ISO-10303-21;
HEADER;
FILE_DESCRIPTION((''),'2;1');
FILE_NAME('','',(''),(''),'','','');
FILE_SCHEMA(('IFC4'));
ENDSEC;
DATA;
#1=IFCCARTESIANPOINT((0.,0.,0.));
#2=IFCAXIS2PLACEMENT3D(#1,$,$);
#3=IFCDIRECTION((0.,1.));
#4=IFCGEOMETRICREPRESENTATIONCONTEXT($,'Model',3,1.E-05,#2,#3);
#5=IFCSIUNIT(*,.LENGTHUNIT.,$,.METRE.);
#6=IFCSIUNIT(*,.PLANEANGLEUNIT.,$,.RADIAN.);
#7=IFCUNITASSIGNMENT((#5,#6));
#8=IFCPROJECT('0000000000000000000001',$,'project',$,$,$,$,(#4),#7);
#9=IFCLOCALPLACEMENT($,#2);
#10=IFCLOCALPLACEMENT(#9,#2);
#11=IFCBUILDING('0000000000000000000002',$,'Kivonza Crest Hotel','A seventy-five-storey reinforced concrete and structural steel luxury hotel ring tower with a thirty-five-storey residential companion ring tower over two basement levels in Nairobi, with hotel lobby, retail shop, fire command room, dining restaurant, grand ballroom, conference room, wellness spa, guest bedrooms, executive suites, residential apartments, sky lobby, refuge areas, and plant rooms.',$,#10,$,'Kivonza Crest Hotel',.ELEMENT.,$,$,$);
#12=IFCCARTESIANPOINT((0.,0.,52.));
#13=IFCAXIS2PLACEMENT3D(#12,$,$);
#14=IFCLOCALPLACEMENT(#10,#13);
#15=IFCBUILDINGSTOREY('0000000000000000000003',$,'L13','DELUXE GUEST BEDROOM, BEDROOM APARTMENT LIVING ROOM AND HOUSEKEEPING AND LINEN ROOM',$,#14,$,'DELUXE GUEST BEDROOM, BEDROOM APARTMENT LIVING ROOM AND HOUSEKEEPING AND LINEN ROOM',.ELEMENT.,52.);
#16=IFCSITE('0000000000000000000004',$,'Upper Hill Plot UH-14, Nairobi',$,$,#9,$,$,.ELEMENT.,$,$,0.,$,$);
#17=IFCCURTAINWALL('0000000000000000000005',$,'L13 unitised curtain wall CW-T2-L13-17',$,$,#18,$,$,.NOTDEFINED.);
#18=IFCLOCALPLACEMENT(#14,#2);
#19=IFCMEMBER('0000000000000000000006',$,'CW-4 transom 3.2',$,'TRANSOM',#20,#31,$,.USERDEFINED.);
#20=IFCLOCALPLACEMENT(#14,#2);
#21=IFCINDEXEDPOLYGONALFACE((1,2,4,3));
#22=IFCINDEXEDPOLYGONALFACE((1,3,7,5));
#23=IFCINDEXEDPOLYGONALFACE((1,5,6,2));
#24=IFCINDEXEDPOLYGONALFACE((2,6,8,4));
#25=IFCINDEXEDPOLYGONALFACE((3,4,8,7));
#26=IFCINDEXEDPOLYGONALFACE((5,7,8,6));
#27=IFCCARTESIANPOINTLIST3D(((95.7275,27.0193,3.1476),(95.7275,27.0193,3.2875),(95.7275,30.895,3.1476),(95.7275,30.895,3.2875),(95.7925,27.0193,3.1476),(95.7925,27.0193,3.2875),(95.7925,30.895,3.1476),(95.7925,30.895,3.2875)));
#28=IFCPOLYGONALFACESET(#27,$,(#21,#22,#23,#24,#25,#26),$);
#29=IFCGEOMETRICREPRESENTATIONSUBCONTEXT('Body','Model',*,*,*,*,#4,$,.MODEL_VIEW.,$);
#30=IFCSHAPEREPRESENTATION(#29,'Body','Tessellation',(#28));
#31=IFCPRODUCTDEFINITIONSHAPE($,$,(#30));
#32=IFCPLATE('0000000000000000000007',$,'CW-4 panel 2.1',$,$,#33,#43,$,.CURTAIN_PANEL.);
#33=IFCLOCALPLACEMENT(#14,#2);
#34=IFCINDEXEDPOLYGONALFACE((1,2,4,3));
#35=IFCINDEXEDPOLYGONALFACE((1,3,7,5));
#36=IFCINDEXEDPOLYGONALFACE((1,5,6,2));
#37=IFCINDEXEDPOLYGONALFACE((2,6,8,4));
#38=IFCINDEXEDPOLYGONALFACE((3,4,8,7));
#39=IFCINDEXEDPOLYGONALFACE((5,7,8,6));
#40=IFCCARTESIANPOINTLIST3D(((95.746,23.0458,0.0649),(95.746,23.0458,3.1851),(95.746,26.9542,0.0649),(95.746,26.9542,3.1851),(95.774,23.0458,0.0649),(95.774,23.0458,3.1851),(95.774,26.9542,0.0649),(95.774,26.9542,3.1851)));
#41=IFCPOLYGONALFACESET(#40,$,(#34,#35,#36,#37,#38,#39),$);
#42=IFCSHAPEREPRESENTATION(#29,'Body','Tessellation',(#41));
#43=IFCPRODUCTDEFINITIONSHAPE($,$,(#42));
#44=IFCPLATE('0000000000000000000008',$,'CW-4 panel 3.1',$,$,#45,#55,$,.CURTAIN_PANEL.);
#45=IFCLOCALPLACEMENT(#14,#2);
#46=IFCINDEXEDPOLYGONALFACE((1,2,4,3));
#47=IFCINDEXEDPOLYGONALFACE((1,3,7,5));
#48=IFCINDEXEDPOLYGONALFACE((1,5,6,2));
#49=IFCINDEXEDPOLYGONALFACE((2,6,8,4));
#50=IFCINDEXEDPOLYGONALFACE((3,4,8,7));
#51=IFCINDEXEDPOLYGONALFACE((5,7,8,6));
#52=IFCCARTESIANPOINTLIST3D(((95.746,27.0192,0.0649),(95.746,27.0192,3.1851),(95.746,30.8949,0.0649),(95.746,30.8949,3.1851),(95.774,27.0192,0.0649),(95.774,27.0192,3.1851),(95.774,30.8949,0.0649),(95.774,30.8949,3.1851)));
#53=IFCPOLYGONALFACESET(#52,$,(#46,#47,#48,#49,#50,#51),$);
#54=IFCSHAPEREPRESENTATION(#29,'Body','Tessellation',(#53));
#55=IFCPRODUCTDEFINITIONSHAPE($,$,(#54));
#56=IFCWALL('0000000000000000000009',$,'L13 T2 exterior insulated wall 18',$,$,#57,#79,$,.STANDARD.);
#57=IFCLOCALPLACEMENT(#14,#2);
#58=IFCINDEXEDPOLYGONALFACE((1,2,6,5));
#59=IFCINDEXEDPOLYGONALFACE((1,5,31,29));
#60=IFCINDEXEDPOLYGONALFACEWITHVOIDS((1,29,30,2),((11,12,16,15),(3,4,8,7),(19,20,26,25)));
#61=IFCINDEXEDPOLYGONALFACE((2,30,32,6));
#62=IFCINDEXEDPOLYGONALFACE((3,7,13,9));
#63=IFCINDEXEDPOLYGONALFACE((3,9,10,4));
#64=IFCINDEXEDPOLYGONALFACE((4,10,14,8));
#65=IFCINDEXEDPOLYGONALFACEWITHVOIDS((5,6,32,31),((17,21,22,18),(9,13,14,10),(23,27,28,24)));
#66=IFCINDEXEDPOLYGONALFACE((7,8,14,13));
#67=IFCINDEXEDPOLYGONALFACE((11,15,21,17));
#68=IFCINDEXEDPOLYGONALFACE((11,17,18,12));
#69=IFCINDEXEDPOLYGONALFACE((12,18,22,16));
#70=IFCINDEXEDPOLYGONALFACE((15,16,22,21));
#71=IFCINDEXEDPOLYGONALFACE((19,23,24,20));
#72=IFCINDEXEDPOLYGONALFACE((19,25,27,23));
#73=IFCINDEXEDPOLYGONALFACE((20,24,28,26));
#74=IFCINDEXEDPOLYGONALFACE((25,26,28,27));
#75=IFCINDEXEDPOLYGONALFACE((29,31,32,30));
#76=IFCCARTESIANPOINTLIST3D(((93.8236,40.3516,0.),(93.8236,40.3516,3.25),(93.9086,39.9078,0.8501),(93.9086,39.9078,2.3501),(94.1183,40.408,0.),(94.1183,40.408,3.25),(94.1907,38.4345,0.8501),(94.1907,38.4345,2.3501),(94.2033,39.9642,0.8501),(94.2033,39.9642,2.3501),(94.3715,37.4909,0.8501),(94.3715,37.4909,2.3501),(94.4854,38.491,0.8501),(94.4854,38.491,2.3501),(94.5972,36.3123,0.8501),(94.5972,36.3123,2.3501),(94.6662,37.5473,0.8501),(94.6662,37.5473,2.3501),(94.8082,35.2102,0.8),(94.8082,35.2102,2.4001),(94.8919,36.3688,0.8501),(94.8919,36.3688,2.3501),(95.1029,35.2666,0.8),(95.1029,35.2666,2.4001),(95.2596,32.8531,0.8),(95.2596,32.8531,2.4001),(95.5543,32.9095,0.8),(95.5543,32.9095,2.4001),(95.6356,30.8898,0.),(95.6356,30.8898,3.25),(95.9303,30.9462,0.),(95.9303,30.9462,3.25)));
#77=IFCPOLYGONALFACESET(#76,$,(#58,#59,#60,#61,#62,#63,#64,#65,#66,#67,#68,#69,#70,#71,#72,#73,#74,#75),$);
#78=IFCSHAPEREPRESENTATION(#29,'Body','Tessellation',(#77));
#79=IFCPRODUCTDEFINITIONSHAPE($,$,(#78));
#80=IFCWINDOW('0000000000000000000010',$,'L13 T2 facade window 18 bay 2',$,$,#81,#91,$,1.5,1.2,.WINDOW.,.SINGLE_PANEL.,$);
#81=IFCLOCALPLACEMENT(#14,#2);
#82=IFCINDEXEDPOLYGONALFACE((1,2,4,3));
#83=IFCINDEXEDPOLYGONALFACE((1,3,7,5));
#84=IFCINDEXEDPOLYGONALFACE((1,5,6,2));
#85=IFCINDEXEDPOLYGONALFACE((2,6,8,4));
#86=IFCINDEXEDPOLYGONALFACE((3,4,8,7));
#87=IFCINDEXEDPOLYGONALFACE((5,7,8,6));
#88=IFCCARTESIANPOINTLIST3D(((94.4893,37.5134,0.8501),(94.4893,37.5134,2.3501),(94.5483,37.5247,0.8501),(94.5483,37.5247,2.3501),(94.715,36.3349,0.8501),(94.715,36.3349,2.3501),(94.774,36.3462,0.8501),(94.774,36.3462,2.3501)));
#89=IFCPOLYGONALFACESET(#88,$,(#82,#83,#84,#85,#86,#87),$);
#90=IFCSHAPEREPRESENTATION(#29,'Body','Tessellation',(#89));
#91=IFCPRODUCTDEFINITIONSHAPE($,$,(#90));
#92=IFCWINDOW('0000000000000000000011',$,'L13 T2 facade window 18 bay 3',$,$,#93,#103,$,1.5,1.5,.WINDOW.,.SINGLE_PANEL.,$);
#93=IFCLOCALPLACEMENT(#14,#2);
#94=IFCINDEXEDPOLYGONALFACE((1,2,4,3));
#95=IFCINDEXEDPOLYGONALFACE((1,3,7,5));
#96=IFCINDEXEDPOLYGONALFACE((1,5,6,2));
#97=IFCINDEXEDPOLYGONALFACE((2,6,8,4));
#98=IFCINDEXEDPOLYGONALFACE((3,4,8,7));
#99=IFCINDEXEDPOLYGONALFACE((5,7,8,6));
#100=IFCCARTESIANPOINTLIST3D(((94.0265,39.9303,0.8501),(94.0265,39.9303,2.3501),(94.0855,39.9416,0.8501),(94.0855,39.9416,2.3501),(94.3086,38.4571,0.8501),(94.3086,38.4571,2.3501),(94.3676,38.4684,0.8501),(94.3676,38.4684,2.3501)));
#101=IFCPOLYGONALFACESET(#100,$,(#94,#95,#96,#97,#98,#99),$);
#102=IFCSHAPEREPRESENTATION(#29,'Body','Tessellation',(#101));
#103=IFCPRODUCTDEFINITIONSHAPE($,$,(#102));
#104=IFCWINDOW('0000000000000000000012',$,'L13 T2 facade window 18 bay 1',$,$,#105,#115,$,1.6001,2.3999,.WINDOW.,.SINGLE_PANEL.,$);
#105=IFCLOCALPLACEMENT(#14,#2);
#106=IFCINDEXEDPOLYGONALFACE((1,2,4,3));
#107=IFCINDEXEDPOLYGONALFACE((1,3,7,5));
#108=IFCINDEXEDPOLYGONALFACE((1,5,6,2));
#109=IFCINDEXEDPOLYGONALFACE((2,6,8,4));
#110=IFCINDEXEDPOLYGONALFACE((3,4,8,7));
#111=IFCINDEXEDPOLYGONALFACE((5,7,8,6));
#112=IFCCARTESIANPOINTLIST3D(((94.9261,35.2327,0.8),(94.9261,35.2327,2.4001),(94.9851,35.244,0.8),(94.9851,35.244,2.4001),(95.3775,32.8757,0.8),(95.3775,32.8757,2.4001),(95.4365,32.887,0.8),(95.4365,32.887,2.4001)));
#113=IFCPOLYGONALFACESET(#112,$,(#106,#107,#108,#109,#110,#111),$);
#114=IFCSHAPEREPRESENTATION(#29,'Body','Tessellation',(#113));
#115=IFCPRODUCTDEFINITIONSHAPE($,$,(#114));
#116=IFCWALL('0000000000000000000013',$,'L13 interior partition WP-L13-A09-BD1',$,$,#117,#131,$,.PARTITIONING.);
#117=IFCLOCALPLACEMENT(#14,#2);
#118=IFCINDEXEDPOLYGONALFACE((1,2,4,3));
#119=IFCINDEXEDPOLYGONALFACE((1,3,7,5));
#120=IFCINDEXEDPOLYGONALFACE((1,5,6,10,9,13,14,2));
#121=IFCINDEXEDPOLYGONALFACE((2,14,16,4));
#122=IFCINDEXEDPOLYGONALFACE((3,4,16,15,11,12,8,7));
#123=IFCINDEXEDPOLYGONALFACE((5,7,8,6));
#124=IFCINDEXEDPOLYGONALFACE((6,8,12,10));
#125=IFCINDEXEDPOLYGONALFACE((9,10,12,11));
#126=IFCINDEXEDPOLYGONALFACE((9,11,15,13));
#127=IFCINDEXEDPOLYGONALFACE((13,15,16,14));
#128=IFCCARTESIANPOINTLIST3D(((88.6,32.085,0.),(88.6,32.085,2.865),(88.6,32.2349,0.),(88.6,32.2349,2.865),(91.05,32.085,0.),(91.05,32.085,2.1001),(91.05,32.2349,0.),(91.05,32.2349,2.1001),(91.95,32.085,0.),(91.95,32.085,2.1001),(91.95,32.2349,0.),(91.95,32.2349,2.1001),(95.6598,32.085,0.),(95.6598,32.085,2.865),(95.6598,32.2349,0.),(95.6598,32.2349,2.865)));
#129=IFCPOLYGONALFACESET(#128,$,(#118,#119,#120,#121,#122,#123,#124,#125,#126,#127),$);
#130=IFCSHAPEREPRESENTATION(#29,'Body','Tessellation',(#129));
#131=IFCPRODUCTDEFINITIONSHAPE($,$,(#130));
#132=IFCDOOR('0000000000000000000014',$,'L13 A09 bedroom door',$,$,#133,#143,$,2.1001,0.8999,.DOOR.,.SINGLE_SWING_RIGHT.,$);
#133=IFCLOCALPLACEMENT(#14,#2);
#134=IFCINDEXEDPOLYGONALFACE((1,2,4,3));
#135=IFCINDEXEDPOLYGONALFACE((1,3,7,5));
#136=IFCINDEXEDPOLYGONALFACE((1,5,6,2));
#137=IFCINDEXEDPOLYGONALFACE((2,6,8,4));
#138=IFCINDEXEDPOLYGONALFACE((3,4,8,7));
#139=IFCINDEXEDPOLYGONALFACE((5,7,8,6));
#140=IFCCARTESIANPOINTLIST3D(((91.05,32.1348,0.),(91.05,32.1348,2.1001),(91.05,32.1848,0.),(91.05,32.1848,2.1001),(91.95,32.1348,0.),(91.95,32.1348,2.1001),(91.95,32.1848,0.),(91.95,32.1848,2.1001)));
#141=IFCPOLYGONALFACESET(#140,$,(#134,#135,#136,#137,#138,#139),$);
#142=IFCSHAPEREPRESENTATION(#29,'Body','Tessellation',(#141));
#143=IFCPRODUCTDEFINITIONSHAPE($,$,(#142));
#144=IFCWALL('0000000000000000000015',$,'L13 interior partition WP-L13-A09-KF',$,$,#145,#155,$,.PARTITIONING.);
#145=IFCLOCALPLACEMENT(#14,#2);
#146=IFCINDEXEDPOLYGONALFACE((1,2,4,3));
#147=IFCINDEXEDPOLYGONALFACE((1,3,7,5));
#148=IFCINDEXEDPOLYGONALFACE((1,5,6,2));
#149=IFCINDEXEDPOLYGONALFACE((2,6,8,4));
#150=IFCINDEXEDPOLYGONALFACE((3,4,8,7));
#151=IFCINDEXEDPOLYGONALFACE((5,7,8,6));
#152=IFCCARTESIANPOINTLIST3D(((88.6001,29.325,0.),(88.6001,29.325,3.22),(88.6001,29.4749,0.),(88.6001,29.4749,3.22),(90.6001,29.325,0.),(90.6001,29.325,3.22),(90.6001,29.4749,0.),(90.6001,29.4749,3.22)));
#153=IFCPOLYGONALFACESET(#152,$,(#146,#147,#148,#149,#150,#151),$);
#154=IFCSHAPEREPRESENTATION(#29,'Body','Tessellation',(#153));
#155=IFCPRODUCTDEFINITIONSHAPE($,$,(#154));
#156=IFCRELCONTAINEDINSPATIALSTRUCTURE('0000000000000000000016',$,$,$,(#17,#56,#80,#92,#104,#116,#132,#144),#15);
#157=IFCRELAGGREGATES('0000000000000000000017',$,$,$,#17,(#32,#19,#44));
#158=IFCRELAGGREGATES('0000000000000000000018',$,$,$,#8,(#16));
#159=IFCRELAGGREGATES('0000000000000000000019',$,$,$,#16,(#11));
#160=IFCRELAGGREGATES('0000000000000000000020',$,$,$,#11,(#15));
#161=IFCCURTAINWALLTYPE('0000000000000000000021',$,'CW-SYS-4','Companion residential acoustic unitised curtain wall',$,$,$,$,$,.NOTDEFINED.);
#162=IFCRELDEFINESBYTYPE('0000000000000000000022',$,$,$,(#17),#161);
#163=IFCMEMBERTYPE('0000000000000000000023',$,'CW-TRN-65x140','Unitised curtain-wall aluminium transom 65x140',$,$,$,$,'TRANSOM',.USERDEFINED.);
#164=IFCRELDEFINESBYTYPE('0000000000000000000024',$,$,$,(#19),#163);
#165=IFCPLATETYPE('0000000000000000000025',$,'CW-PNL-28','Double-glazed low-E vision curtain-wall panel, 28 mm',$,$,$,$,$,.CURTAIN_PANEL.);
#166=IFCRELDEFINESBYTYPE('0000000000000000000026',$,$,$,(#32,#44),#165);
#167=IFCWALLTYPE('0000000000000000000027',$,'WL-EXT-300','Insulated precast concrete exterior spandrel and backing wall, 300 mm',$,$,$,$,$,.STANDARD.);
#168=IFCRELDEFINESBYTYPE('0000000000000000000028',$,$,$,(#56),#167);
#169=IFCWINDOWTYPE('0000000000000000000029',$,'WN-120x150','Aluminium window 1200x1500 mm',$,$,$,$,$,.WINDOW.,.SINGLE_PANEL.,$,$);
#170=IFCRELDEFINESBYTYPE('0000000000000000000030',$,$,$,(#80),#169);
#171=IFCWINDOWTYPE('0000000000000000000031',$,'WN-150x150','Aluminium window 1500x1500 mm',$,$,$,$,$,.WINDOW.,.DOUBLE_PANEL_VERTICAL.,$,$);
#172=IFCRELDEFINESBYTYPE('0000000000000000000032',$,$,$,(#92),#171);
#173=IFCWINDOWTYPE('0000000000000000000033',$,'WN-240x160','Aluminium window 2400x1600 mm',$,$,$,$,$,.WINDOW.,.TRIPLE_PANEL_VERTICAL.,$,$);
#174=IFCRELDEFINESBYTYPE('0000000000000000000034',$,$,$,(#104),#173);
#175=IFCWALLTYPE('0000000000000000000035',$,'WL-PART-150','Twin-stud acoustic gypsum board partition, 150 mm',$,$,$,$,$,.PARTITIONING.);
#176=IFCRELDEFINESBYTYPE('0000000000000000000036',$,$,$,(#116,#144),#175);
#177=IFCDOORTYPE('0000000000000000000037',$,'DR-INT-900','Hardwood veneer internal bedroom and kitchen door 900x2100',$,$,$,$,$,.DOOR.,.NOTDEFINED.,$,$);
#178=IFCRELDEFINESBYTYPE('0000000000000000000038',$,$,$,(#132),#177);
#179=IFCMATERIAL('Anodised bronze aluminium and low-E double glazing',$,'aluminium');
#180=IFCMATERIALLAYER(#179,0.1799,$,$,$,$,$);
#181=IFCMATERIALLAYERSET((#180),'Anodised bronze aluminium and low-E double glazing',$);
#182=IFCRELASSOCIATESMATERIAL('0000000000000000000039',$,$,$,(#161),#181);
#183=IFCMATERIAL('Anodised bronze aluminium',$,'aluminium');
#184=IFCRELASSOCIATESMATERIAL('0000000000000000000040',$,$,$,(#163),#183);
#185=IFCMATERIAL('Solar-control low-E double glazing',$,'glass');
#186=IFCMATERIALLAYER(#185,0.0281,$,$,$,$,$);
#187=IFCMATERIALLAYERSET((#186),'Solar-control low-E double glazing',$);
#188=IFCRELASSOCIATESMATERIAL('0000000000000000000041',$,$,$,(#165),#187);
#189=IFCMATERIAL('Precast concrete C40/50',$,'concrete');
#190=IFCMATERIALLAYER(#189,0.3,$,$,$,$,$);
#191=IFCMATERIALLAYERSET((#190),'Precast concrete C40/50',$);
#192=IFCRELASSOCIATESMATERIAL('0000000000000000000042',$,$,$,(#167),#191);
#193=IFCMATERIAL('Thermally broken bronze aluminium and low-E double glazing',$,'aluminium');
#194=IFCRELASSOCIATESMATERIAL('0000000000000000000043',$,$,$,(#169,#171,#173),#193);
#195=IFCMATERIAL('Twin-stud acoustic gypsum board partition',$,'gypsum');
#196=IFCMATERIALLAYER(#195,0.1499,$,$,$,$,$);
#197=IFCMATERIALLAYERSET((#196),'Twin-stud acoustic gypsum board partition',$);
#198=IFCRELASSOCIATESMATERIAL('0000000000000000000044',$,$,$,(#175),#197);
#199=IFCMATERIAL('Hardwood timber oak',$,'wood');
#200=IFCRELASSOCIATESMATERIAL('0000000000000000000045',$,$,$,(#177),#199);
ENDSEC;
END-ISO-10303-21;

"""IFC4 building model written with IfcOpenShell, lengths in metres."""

from ifc_helpers import new_model, si_unit, direction, frame, frame_2d, origin, origin_2d, place, context, subcontext, project, spatial, rectangle, extrude, material, layer, layer_set, material_profile, profile_set, type_object, element, fill, aggregate, save


model = new_model("IFC4")

# Units and contexts
model_context = context("Model", 3, precision=1e-05, world=origin(), true_north=direction((0.0, 1.0)))
body_context = subcontext(model_context, "Body", "Model", "MODEL_VIEW")
ifc_project = project(units=[si_unit("LENGTHUNIT", "METRE"), si_unit("PLANEANGLEUNIT", "RADIAN")], contexts=[model_context])

# Site, building, storey
site_placement = place(None, origin())
site = spatial("IfcSite", under=ifc_project, at=site_placement, Name="Upper Hill Plot UH-14, Nairobi", CompositionType="ELEMENT", RefElevation=0.0)
building_placement = place(site_placement, origin())
building = spatial("IfcBuilding", under=site, at=building_placement, Name="Kivonza Crest Hotel", Description="A seventy-five-storey reinforced concrete and structural steel luxury hotel ring tower with a thirty-five-storey residential companion ring tower over two basement levels in Nairobi, with hotel lobby, retail shop, fire command room, dining restaurant, grand ballroom, conference room, wellness spa, guest bedrooms, executive suites, residential apartments, sky lobby, refuge areas, and plant rooms.", LongName="Kivonza Crest Hotel", CompositionType="ELEMENT")
storey_placement = place(building_placement, frame((0.0, 0.0, 52.0)))
storey = spatial("IfcBuildingStorey", under=building, at=storey_placement, Name="L13", Description="DELUXE GUEST BEDROOM, BEDROOM APARTMENT LIVING ROOM AND HOUSEKEEPING AND LINEN ROOM", LongName="DELUXE GUEST BEDROOM, BEDROOM APARTMENT LIVING ROOM AND HOUSEKEEPING AND LINEN ROOM", CompositionType="ELEMENT", Elevation=52.0)

# Curtain wall, member, plates
ifc_material_1 = material(Name="Anodised bronze aluminium and low-E double glazing", Category="aluminium")
ifc_layer_1 = layer(ifc_material_1, 0.1799)
ifc_layer_set_1 = layer_set([ifc_layer_1], Name="Anodised bronze aluminium and low-E double glazing")
curtain_wall_type = type_object("IfcCurtainWallType", Name="CW-SYS-4", Description="Companion residential acoustic unitised curtain wall", PredefinedType="NOTDEFINED", material=ifc_layer_set_1)
curtain_wall_placement = place(storey_placement, origin())
curtain_wall = element("IfcCurtainWall", 1, at=curtain_wall_placement, inside=storey, type_object=curtain_wall_type, Name="L13 unitised curtain wall CW-T2-L13-17", PredefinedType="NOTDEFINED")
ifc_material_2 = material(Name="Anodised bronze aluminium", Category="aluminium")
ifc_material_profile_1 = material_profile(ifc_material_2, rectangle(XDim=0.0649, YDim=0.1399, at=origin_2d()), Name="CW-T 65x140")
ifc_profile_set_1 = profile_set([ifc_material_profile_1], Name="Anodised bronze aluminium")
member_type_1 = type_object("IfcMemberType", Name="CW-TRN-65x140", Description="Unitised curtain-wall aluminium transom 65x140", ElementType="TRANSOM", PredefinedType="USERDEFINED", material=ifc_profile_set_1)
member_1_placement = place(storey_placement, frame((95.76, 27.0193, 3.2175), z_axis=(0.0, 1.0, 0.0), x_axis=(-1.0, 0.0, 0.0)))
member_1 = element("IfcMember", 2, at=member_1_placement, type_object=member_type_1, Name="CW-4 transom 3.2", ObjectType="TRANSOM", PredefinedType="USERDEFINED", context=body_context, shape_type="SweptSolid", body=[
    extrude(rectangle(XDim=0.0649, YDim=0.1399, at=origin_2d()), origin(), (0.0, 0.0, 1.0), 3.8757),
])
ifc_material_3 = material(Name="Solar-control low-E double glazing", Category="glass")
ifc_layer_2 = layer(ifc_material_3, 0.0281)
ifc_layer_set_2 = layer_set([ifc_layer_2], Name="Solar-control low-E double glazing")
plate_type = type_object("IfcPlateType", Name="CW-PNL-28", Description="Double-glazed low-E vision curtain-wall panel, 28 mm", PredefinedType="CURTAIN_PANEL", material=ifc_layer_set_2)
plate_1_placement = place(storey_placement, frame((95.76, 25.0, 0.0649), z_axis=(0.0, 0.0, 1.0), x_axis=(0.0, 1.0, 0.0)))
plate_1 = element("IfcPlate", 3, at=plate_1_placement, type_object=plate_type, Name="CW-4 panel 2.1", PredefinedType="CURTAIN_PANEL", context=body_context, shape_type="SweptSolid", body=[
    extrude(rectangle(XDim=3.9084, YDim=0.0281, at=origin_2d()), origin(), (0.0, 0.0, 1.0), 3.1201),
])
plate_2_placement = place(storey_placement, frame((95.76, 28.957, 0.0649), z_axis=(0.0, 0.0, 1.0), x_axis=(0.0, 1.0, 0.0)))
plate_2 = element("IfcPlate", 4, at=plate_2_placement, type_object=plate_type, Name="CW-4 panel 3.1", PredefinedType="CURTAIN_PANEL", context=body_context, shape_type="SweptSolid", body=[
    extrude(rectangle(XDim=3.8757, YDim=0.0281, at=origin_2d()), origin(), (0.0, 0.0, 1.0), 3.1201),
])
aggregate(curtain_wall, [plate_1, member_1, plate_2])

# Wall, openings, windows
ifc_material_4 = material(Name="Precast concrete C40/50", Category="concrete")
ifc_layer_3 = layer(ifc_material_4, 0.3)
ifc_layer_set_3 = layer_set([ifc_layer_3], Name="Precast concrete C40/50")
wall_type_1 = type_object("IfcWallType", Name="WL-EXT-300", Description="Insulated precast concrete exterior spandrel and backing wall, 300 mm", PredefinedType="STANDARD", material=ifc_layer_set_3)
wall_1_placement = place(storey_placement, frame((95.783, 30.918, 0.0), z_axis=(0.0, 0.0, 1.0), x_axis=(-0.188088, 0.982152, 0.0)))
wall_1 = element("IfcWall", 5, at=wall_1_placement, inside=storey, type_object=wall_type_1, Name="L13 T2 exterior insulated wall 18", PredefinedType="STANDARD", context=body_context, shape_type="SweptSolid", body=[
    extrude(rectangle(XDim=9.6338, YDim=0.3, at=frame_2d((4.8169, 0.0))), origin(), (0.0, 0.0, 1.0), 3.25),
])
opening_1_placement = place(wall_1_placement, frame((1.999, 0.0, 0.8)))
opening_1 = element("IfcOpeningElement", 6, at=opening_1_placement, cuts=wall_1, PredefinedType="OPENING", context=body_context, shape_type="SweptSolid", body=[
    extrude(rectangle(XDim=2.3999, YDim=1.6001, at=frame_2d((1.2, 0.8))), frame((0.0, 0.1602, 0.0), z_axis=(0.0, -1.0, 0.0), x_axis=(1.0, 0.0, 0.0)), (0.0, 0.0, 1.0), 0.3201),
])
opening_2_placement = place(wall_1_placement, frame((5.521, 0.0, 0.8501)))
opening_2 = element("IfcOpeningElement", 7, at=opening_2_placement, cuts=wall_1, PredefinedType="OPENING", context=body_context, shape_type="SweptSolid", body=[
    extrude(rectangle(XDim=1.2, YDim=1.5, at=frame_2d((0.6001, 0.75))), frame((0.0, 0.1602, 0.0), z_axis=(0.0, -1.0, 0.0), x_axis=(1.0, 0.0, 0.0)), (0.0, 0.0, 1.0), 0.3201),
])
opening_3_placement = place(wall_1_placement, frame((7.6819, 0.0, 0.8501)))
opening_3 = element("IfcOpeningElement", 8, at=opening_3_placement, cuts=wall_1, PredefinedType="OPENING", context=body_context, shape_type="SweptSolid", body=[
    extrude(rectangle(XDim=1.5, YDim=1.5, at=frame_2d((0.75, 0.75))), frame((0.0, 0.1602, 0.0), z_axis=(0.0, -1.0, 0.0), x_axis=(1.0, 0.0, 0.0)), (0.0, 0.0, 1.0), 0.3201),
])
ifc_material_5 = material(Name="Thermally broken bronze aluminium and low-E double glazing", Category="aluminium")
window_type_1 = type_object("IfcWindowType", Name="WN-120x150", Description="Aluminium window 1200x1500 mm", PartitioningType="SINGLE_PANEL", PredefinedType="WINDOW", material=ifc_material_5)
window_1_placement = place(opening_2_placement, origin())
window_1 = element("IfcWindow", 9, at=window_1_placement, inside=storey, type_object=window_type_1, Name="L13 T2 facade window 18 bay 2", OverallHeight=1.5, OverallWidth=1.2, PartitioningType="SINGLE_PANEL", PredefinedType="WINDOW", context=body_context, shape_type="SweptSolid", body=[
    extrude(rectangle(XDim=1.2, YDim=1.5, at=frame_2d((0.6001, 0.75))), frame((0.0, 0.03, 0.0), z_axis=(0.0, -1.0, 0.0), x_axis=(1.0, 0.0, 0.0)), (0.0, 0.0, 1.0), 0.0601),
])
fill(opening_2, window_1)
window_type_2 = type_object("IfcWindowType", Name="WN-150x150", Description="Aluminium window 1500x1500 mm", PartitioningType="DOUBLE_PANEL_VERTICAL", PredefinedType="WINDOW", material=ifc_material_5)
window_2_placement = place(opening_3_placement, origin())
window_2 = element("IfcWindow", 10, at=window_2_placement, inside=storey, type_object=window_type_2, Name="L13 T2 facade window 18 bay 3", OverallHeight=1.5, OverallWidth=1.5, PartitioningType="SINGLE_PANEL", PredefinedType="WINDOW", context=body_context, shape_type="SweptSolid", body=[
    extrude(rectangle(XDim=1.5, YDim=1.5, at=frame_2d((0.75, 0.75))), frame((0.0, 0.03, 0.0), z_axis=(0.0, -1.0, 0.0), x_axis=(1.0, 0.0, 0.0)), (0.0, 0.0, 1.0), 0.0601),
])
fill(opening_3, window_2)
window_type_3 = type_object("IfcWindowType", Name="WN-240x160", Description="Aluminium window 2400x1600 mm", PartitioningType="TRIPLE_PANEL_VERTICAL", PredefinedType="WINDOW", material=ifc_material_5)
window_3_placement = place(opening_1_placement, origin())
window_3 = element("IfcWindow", 11, at=window_3_placement, inside=storey, type_object=window_type_3, Name="L13 T2 facade window 18 bay 1", OverallHeight=1.6001, OverallWidth=2.3999, PartitioningType="SINGLE_PANEL", PredefinedType="WINDOW", context=body_context, shape_type="SweptSolid", body=[
    extrude(rectangle(XDim=2.3999, YDim=1.6001, at=frame_2d((1.2, 0.8))), frame((0.0, 0.03, 0.0), z_axis=(0.0, -1.0, 0.0), x_axis=(1.0, 0.0, 0.0)), (0.0, 0.0, 1.0), 0.0601),
])
fill(opening_1, window_3)

# Wall, opening, door
ifc_material_6 = material(Name="Twin-stud acoustic gypsum board partition", Category="gypsum")
ifc_layer_4 = layer(ifc_material_6, 0.1499)
ifc_layer_set_4 = layer_set([ifc_layer_4], Name="Twin-stud acoustic gypsum board partition")
wall_type_2 = type_object("IfcWallType", Name="WL-PART-150", Description="Twin-stud acoustic gypsum board partition, 150 mm", PredefinedType="PARTITIONING", material=ifc_layer_set_4)
wall_2_placement = place(storey_placement, frame((88.6001, 32.1599, 0.0), z_axis=(0.0, 0.0, 1.0), x_axis=(1.0, 0.0, 0.0)))
wall_2 = element("IfcWall", 12, at=wall_2_placement, inside=storey, type_object=wall_type_2, Name="L13 interior partition WP-L13-A09-BD1", PredefinedType="PARTITIONING", context=body_context, shape_type="SweptSolid", body=[
    extrude(rectangle(XDim=7.0598, YDim=0.1499, at=frame_2d((3.5298, 0.0))), origin(), (0.0, 0.0, 1.0), 2.865),
])
opening_4_placement = place(wall_2_placement, frame((2.45, 0.0, 0.0)))
opening_4 = element("IfcOpeningElement", 13, at=opening_4_placement, cuts=wall_2, PredefinedType="OPENING", context=body_context, shape_type="SweptSolid", body=[
    extrude(rectangle(XDim=0.8999, YDim=2.1001, at=frame_2d((0.45, 1.05))), frame((0.0, 0.085, 0.0), z_axis=(0.0, -1.0, 0.0), x_axis=(1.0, 0.0, 0.0)), (0.0, 0.0, 1.0), 0.1699),
])
ifc_material_7 = material(Name="Hardwood timber oak", Category="wood")
door_type_1 = type_object("IfcDoorType", Name="DR-INT-900", Description="Hardwood veneer internal bedroom and kitchen door 900x2100", OperationType="NOTDEFINED", PredefinedType="DOOR", material=ifc_material_7)
door_1_placement = place(opening_4_placement, origin())
door_1 = element("IfcDoor", 14, at=door_1_placement, inside=storey, type_object=door_type_1, Name="L13 A09 bedroom door", OperationType="SINGLE_SWING_RIGHT", OverallHeight=2.1001, OverallWidth=0.8999, PredefinedType="DOOR", context=body_context, shape_type="SweptSolid", body=[
    extrude(rectangle(XDim=0.8999, YDim=2.1001, at=frame_2d((0.45, 1.05))), frame((0.0, 0.0249, 0.0), z_axis=(0.0, -1.0, 0.0), x_axis=(1.0, 0.0, 0.0)), (0.0, 0.0, 1.0), 0.05),
])
fill(opening_4, door_1)

# Wall
wall_3_placement = place(storey_placement, frame((88.6001, 29.3999, 0.0), z_axis=(0.0, 0.0, 1.0), x_axis=(1.0, 0.0, 0.0)))
element("IfcWall", 15, at=wall_3_placement, inside=storey, type_object=wall_type_2, Name="L13 interior partition WP-L13-A09-KF", PredefinedType="PARTITIONING", context=body_context, shape_type="SweptSolid", body=[
    extrude(rectangle(XDim=2.0, YDim=0.1499, at=frame_2d((1.0, 0.0))), origin(), (0.0, 0.0, 1.0), 3.22),
])

save(model, "model.ifc")
